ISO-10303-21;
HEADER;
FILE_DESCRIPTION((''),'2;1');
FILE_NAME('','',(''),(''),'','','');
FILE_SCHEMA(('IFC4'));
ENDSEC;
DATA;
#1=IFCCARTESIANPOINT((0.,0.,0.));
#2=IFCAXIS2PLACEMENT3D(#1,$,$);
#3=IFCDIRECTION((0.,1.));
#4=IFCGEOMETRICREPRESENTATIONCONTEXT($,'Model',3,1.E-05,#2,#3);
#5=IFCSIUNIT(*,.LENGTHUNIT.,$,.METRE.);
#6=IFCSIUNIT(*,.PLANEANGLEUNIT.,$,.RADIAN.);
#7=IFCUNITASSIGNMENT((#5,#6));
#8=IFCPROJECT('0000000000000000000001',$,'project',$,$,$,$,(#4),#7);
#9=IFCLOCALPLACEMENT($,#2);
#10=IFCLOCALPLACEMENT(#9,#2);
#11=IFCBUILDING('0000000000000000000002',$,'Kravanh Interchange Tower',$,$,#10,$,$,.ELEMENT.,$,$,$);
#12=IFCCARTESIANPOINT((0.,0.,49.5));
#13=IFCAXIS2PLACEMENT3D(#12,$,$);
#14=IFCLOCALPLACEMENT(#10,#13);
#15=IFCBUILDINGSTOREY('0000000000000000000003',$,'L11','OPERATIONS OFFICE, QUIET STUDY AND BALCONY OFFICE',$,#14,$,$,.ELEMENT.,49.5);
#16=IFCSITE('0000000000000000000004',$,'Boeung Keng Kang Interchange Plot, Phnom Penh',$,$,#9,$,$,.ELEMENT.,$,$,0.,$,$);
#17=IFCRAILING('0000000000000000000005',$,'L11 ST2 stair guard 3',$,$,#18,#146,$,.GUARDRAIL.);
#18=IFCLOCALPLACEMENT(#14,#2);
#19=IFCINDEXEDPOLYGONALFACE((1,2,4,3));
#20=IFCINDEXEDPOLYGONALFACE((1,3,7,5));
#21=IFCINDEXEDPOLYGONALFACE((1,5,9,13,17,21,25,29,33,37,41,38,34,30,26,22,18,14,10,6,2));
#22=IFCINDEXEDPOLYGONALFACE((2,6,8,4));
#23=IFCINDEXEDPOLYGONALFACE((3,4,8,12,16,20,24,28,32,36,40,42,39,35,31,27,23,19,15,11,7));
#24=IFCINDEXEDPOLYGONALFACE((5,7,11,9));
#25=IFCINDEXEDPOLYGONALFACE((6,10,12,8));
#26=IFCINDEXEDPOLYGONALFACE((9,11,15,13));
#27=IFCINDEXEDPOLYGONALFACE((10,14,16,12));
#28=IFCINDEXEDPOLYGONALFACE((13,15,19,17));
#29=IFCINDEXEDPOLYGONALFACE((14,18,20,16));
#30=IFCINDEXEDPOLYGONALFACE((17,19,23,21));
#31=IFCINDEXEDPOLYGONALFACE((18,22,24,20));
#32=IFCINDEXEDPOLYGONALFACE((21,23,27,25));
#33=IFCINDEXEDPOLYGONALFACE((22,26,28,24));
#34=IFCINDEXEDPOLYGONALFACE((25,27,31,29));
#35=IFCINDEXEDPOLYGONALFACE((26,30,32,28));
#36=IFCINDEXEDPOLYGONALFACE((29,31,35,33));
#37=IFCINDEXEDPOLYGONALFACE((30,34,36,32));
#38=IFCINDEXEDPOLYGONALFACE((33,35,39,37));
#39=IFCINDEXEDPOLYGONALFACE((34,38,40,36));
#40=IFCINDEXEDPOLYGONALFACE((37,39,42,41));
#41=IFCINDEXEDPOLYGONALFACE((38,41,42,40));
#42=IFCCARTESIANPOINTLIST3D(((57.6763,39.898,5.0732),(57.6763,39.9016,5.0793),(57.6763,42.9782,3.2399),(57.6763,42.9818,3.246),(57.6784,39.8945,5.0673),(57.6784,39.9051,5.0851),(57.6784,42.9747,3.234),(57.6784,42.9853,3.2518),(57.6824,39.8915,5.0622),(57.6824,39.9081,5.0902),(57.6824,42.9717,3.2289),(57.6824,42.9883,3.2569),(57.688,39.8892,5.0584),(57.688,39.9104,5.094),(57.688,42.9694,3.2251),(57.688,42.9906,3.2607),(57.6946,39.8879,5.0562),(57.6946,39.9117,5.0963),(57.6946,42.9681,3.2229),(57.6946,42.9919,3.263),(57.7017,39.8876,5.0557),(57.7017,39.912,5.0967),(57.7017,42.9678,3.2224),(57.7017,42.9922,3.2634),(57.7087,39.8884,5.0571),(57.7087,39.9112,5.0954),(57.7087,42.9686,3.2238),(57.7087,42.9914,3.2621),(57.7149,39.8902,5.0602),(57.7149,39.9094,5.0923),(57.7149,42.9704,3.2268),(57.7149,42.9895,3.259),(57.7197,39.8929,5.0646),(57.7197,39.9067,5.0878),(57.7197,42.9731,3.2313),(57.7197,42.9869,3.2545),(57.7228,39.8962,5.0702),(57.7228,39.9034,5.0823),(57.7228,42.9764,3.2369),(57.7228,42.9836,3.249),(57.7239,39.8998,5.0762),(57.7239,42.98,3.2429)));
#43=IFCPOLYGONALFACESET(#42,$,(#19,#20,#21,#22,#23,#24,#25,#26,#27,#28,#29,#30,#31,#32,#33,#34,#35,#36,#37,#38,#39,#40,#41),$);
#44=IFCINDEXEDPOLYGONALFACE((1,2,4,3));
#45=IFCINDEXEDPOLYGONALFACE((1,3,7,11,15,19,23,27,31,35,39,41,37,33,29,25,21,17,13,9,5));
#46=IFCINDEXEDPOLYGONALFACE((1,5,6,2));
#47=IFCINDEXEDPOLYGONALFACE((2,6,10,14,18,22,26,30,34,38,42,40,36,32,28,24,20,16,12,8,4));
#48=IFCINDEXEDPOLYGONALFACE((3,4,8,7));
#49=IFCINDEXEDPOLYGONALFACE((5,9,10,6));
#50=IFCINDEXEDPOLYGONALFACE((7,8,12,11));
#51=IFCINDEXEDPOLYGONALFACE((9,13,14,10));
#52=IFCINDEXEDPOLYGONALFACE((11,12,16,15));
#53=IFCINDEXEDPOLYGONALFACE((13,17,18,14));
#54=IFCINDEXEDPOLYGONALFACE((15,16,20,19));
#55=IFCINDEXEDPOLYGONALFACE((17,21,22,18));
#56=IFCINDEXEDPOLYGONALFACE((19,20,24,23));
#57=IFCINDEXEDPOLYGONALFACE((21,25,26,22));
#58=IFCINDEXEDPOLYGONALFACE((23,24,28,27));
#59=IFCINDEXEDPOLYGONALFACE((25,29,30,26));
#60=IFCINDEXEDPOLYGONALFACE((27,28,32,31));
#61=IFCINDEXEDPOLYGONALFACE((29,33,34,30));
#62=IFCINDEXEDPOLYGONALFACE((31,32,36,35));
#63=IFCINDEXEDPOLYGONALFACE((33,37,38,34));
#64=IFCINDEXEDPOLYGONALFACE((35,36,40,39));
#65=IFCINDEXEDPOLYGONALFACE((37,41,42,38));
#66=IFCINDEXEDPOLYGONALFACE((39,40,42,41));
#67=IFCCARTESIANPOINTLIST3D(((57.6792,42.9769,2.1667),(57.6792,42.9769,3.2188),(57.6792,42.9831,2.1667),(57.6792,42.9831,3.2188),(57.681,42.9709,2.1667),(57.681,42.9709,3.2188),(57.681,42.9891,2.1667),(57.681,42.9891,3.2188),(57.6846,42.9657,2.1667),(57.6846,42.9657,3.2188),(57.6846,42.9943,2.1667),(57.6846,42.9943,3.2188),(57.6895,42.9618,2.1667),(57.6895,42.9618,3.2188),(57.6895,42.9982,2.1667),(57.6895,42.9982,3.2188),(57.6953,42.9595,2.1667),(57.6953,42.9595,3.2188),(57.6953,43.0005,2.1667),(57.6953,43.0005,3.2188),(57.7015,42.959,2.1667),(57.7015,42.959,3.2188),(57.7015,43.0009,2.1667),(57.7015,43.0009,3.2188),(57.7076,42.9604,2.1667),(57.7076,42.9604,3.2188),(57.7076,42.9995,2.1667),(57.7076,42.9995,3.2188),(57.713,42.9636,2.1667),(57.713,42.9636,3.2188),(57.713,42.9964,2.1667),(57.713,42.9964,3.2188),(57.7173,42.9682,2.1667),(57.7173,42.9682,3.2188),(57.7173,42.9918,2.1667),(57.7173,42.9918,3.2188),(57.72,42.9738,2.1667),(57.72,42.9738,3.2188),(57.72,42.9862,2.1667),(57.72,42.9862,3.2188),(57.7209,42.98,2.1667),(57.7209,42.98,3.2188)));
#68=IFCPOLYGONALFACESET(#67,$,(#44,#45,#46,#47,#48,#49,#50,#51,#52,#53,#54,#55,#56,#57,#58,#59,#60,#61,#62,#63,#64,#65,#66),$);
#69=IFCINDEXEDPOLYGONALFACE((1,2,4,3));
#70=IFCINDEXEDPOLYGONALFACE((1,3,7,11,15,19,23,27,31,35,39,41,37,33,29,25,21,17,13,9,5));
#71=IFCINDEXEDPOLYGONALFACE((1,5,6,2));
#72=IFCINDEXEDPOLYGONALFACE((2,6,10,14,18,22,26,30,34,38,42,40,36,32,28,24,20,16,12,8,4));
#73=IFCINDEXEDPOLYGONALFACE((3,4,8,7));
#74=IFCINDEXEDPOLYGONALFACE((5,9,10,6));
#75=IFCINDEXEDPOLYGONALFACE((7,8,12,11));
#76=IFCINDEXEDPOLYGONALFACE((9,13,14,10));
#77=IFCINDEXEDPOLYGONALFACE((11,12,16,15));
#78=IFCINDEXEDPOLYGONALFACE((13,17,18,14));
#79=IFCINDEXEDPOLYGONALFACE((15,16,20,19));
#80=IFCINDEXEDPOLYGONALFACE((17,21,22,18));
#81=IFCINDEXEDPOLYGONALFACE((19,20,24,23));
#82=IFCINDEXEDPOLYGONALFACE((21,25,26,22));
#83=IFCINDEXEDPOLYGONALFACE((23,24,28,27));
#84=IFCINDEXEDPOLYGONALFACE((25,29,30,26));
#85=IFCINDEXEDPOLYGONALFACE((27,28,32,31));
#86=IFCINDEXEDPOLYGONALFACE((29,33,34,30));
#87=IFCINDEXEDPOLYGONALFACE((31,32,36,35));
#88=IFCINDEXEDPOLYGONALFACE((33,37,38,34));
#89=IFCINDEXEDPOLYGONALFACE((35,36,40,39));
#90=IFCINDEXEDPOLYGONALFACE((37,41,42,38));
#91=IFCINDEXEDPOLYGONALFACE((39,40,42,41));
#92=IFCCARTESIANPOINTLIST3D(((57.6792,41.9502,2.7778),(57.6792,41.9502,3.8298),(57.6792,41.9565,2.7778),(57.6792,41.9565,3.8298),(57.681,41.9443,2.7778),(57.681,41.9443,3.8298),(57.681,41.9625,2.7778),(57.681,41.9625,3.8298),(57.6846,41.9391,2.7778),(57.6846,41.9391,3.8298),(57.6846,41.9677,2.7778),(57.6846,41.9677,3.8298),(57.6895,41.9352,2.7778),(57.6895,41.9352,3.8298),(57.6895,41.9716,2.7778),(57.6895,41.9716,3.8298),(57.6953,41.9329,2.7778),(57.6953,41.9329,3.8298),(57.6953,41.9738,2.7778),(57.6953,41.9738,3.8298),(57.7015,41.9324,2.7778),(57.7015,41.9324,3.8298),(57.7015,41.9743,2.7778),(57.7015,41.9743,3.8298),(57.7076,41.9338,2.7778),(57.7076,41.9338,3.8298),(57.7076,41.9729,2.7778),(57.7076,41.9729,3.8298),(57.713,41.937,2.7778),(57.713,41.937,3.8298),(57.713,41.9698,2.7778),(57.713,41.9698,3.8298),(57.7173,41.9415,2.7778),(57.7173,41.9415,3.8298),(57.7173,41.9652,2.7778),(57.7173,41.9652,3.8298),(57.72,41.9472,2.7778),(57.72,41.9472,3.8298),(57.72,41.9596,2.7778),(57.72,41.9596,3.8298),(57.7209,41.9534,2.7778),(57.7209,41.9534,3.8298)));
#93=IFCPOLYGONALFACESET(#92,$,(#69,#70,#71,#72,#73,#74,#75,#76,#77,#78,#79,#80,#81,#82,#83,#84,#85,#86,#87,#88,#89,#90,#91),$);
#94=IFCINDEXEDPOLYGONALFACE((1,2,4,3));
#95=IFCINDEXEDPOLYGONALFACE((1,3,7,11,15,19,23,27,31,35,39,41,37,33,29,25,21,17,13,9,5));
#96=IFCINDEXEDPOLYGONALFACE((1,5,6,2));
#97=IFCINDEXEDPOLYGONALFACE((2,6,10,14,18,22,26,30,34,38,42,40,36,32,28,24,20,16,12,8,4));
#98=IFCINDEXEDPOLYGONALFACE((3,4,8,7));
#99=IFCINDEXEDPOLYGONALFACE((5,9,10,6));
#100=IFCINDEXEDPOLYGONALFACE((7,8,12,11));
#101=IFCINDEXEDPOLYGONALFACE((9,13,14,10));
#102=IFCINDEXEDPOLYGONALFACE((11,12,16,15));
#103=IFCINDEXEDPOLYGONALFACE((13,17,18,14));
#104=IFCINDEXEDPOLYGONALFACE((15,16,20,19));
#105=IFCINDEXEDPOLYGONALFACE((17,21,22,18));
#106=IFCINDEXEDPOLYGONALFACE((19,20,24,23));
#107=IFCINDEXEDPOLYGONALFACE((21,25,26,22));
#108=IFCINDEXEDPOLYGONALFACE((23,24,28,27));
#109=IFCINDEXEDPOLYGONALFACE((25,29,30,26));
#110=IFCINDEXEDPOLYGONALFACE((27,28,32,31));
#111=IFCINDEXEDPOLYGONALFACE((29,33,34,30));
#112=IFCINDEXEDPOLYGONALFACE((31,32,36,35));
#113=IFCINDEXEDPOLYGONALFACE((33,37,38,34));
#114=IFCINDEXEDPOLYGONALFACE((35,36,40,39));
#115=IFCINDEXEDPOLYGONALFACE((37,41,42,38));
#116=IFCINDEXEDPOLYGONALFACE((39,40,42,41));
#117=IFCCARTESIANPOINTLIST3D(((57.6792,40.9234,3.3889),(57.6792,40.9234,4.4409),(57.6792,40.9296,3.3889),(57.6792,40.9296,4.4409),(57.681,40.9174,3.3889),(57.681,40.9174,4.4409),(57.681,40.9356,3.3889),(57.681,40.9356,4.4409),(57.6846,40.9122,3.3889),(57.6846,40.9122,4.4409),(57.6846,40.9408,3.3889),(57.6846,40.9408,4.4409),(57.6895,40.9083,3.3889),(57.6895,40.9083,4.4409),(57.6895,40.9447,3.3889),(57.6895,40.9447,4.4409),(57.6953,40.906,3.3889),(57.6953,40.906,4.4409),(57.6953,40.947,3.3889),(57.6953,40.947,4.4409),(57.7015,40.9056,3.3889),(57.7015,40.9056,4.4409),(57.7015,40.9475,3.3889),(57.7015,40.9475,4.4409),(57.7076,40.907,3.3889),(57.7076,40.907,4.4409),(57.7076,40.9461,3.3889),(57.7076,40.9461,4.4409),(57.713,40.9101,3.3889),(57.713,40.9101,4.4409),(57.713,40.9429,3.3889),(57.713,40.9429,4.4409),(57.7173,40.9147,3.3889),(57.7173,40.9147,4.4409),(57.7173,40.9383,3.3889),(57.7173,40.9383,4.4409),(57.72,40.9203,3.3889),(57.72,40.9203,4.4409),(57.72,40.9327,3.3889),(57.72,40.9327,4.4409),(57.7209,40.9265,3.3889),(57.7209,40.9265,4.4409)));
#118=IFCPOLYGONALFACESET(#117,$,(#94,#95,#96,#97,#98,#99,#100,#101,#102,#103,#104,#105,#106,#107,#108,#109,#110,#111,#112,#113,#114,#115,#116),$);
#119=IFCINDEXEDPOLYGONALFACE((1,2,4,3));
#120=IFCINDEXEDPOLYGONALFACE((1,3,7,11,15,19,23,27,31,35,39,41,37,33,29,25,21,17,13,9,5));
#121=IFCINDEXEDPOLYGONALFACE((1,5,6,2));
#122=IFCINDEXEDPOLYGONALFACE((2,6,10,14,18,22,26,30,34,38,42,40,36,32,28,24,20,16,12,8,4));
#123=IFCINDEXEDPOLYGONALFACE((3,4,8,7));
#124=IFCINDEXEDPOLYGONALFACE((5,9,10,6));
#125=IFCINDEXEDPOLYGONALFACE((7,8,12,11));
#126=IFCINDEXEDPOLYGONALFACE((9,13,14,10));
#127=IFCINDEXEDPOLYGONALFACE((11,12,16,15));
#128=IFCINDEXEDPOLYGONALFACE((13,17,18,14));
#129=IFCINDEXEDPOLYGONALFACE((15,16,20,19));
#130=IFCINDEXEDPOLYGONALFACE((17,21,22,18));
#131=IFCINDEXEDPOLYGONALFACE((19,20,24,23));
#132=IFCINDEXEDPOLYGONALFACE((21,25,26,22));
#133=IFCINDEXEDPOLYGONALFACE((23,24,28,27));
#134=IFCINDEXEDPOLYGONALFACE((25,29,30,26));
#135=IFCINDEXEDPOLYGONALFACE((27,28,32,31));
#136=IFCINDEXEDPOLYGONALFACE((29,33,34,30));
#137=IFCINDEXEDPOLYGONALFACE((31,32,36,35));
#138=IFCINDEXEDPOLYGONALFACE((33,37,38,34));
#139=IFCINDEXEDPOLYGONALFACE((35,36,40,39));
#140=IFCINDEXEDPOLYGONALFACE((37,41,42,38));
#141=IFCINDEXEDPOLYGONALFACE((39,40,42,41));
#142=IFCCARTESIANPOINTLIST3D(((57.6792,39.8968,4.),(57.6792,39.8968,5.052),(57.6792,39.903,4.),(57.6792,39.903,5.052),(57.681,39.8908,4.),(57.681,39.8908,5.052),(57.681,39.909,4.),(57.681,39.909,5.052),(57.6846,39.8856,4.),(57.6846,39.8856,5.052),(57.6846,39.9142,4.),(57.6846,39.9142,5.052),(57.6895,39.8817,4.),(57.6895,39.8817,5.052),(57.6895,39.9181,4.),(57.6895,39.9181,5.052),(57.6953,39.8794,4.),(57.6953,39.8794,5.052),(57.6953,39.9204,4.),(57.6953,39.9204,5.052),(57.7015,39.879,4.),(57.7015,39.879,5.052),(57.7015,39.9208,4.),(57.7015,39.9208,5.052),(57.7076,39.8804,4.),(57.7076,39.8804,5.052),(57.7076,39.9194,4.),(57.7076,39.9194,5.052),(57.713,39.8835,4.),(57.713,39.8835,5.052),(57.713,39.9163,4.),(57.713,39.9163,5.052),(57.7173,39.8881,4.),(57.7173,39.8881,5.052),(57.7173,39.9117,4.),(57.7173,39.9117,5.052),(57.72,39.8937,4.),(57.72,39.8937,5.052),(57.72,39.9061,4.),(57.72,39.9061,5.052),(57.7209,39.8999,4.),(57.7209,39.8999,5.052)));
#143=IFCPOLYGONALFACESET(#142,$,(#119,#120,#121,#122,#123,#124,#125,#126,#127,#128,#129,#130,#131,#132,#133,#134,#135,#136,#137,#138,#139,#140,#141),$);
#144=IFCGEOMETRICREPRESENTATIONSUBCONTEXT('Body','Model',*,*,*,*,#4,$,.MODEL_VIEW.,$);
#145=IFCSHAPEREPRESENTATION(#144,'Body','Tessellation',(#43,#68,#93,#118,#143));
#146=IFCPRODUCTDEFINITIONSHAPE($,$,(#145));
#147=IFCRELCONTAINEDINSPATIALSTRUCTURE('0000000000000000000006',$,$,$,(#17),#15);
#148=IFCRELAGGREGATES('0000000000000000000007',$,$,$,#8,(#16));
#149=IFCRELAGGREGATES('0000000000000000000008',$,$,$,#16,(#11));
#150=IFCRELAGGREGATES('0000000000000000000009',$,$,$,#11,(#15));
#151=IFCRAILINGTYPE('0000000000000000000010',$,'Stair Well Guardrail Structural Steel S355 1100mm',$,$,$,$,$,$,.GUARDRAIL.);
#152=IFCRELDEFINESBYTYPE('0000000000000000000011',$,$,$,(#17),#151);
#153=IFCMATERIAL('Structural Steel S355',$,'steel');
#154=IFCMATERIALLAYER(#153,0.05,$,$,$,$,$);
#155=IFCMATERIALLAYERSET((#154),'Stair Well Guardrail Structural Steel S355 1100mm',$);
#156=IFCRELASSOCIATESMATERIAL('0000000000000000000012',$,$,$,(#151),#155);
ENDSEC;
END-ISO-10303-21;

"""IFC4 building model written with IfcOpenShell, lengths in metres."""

from ifc_helpers import new_model, si_unit, direction, frame, origin, origin_2d, place, context, subcontext, project, spatial, circle, extrude, material, layer, layer_set, type_object, element, save


model = new_model("IFC4")

# Units and contexts
model_context = context("Model", 3, precision=1e-05, world=origin(), true_north=direction((0.0, 1.0)))
body_context = subcontext(model_context, "Body", "Model", "MODEL_VIEW")
ifc_project = project(units=[si_unit("LENGTHUNIT", "METRE"), si_unit("PLANEANGLEUNIT", "RADIAN")], contexts=[model_context])

# Site, building, storey
site_placement = place(None, origin())
site = spatial("IfcSite", under=ifc_project, at=site_placement, Name="Boeung Keng Kang Interchange Plot, Phnom Penh", CompositionType="ELEMENT", RefElevation=0.0)
building_placement = place(site_placement, origin())
building = spatial("IfcBuilding", under=site, at=building_placement, Name="Kravanh Interchange Tower", CompositionType="ELEMENT")
storey_placement = place(building_placement, frame((0.0, 0.0, 49.5)))
storey = spatial("IfcBuildingStorey", under=building, at=storey_placement, Name="L11", Description="OPERATIONS OFFICE, QUIET STUDY AND BALCONY OFFICE", CompositionType="ELEMENT", Elevation=49.5)

# Railing
ifc_material_1 = material(Name="Structural Steel S355", Category="steel")
ifc_layer_1 = layer(ifc_material_1, 0.05)
ifc_layer_set_1 = layer_set([ifc_layer_1], Name="Stair Well Guardrail Structural Steel S355 1100mm")
railing_type_1 = type_object("IfcRailingType", Name="Stair Well Guardrail Structural Steel S355 1100mm", PredefinedType="GUARDRAIL", material=ifc_layer_set_1)
railing_1_placement = place(storey_placement, frame((57.7, 42.98, 2.1667)))
element("IfcRailing", 1, at=railing_1_placement, inside=storey, type_object=railing_type_1, Name="L11 ST2 stair guard 3", PredefinedType="GUARDRAIL", context=body_context, shape_type="SweptSolid", body=[
    extrude(circle(Radius=0.0239, at=origin_2d()), frame((0.0, 0.0, 1.0762), z_axis=(0.0, -0.859309, 0.511458), x_axis=(1.0, 0.0, 0.0)), (0.0, 0.0, 1.0), 3.5845),
    extrude(circle(Radius=0.021, at=origin_2d()), origin(), (0.0, 0.0, 1.0), 1.052),
    extrude(circle(Radius=0.021, at=origin_2d()), frame((0.0, -1.0266, 0.6111)), (0.0, 0.0, 1.0), 1.052),
    extrude(circle(Radius=0.021, at=origin_2d()), frame((0.0, -2.0535, 1.2222)), (0.0, 0.0, 1.0), 1.052),
    extrude(circle(Radius=0.021, at=origin_2d()), frame((0.0, -3.0801, 1.8333)), (0.0, 0.0, 1.0), 1.052),
])

save(model, "model.ifc")
